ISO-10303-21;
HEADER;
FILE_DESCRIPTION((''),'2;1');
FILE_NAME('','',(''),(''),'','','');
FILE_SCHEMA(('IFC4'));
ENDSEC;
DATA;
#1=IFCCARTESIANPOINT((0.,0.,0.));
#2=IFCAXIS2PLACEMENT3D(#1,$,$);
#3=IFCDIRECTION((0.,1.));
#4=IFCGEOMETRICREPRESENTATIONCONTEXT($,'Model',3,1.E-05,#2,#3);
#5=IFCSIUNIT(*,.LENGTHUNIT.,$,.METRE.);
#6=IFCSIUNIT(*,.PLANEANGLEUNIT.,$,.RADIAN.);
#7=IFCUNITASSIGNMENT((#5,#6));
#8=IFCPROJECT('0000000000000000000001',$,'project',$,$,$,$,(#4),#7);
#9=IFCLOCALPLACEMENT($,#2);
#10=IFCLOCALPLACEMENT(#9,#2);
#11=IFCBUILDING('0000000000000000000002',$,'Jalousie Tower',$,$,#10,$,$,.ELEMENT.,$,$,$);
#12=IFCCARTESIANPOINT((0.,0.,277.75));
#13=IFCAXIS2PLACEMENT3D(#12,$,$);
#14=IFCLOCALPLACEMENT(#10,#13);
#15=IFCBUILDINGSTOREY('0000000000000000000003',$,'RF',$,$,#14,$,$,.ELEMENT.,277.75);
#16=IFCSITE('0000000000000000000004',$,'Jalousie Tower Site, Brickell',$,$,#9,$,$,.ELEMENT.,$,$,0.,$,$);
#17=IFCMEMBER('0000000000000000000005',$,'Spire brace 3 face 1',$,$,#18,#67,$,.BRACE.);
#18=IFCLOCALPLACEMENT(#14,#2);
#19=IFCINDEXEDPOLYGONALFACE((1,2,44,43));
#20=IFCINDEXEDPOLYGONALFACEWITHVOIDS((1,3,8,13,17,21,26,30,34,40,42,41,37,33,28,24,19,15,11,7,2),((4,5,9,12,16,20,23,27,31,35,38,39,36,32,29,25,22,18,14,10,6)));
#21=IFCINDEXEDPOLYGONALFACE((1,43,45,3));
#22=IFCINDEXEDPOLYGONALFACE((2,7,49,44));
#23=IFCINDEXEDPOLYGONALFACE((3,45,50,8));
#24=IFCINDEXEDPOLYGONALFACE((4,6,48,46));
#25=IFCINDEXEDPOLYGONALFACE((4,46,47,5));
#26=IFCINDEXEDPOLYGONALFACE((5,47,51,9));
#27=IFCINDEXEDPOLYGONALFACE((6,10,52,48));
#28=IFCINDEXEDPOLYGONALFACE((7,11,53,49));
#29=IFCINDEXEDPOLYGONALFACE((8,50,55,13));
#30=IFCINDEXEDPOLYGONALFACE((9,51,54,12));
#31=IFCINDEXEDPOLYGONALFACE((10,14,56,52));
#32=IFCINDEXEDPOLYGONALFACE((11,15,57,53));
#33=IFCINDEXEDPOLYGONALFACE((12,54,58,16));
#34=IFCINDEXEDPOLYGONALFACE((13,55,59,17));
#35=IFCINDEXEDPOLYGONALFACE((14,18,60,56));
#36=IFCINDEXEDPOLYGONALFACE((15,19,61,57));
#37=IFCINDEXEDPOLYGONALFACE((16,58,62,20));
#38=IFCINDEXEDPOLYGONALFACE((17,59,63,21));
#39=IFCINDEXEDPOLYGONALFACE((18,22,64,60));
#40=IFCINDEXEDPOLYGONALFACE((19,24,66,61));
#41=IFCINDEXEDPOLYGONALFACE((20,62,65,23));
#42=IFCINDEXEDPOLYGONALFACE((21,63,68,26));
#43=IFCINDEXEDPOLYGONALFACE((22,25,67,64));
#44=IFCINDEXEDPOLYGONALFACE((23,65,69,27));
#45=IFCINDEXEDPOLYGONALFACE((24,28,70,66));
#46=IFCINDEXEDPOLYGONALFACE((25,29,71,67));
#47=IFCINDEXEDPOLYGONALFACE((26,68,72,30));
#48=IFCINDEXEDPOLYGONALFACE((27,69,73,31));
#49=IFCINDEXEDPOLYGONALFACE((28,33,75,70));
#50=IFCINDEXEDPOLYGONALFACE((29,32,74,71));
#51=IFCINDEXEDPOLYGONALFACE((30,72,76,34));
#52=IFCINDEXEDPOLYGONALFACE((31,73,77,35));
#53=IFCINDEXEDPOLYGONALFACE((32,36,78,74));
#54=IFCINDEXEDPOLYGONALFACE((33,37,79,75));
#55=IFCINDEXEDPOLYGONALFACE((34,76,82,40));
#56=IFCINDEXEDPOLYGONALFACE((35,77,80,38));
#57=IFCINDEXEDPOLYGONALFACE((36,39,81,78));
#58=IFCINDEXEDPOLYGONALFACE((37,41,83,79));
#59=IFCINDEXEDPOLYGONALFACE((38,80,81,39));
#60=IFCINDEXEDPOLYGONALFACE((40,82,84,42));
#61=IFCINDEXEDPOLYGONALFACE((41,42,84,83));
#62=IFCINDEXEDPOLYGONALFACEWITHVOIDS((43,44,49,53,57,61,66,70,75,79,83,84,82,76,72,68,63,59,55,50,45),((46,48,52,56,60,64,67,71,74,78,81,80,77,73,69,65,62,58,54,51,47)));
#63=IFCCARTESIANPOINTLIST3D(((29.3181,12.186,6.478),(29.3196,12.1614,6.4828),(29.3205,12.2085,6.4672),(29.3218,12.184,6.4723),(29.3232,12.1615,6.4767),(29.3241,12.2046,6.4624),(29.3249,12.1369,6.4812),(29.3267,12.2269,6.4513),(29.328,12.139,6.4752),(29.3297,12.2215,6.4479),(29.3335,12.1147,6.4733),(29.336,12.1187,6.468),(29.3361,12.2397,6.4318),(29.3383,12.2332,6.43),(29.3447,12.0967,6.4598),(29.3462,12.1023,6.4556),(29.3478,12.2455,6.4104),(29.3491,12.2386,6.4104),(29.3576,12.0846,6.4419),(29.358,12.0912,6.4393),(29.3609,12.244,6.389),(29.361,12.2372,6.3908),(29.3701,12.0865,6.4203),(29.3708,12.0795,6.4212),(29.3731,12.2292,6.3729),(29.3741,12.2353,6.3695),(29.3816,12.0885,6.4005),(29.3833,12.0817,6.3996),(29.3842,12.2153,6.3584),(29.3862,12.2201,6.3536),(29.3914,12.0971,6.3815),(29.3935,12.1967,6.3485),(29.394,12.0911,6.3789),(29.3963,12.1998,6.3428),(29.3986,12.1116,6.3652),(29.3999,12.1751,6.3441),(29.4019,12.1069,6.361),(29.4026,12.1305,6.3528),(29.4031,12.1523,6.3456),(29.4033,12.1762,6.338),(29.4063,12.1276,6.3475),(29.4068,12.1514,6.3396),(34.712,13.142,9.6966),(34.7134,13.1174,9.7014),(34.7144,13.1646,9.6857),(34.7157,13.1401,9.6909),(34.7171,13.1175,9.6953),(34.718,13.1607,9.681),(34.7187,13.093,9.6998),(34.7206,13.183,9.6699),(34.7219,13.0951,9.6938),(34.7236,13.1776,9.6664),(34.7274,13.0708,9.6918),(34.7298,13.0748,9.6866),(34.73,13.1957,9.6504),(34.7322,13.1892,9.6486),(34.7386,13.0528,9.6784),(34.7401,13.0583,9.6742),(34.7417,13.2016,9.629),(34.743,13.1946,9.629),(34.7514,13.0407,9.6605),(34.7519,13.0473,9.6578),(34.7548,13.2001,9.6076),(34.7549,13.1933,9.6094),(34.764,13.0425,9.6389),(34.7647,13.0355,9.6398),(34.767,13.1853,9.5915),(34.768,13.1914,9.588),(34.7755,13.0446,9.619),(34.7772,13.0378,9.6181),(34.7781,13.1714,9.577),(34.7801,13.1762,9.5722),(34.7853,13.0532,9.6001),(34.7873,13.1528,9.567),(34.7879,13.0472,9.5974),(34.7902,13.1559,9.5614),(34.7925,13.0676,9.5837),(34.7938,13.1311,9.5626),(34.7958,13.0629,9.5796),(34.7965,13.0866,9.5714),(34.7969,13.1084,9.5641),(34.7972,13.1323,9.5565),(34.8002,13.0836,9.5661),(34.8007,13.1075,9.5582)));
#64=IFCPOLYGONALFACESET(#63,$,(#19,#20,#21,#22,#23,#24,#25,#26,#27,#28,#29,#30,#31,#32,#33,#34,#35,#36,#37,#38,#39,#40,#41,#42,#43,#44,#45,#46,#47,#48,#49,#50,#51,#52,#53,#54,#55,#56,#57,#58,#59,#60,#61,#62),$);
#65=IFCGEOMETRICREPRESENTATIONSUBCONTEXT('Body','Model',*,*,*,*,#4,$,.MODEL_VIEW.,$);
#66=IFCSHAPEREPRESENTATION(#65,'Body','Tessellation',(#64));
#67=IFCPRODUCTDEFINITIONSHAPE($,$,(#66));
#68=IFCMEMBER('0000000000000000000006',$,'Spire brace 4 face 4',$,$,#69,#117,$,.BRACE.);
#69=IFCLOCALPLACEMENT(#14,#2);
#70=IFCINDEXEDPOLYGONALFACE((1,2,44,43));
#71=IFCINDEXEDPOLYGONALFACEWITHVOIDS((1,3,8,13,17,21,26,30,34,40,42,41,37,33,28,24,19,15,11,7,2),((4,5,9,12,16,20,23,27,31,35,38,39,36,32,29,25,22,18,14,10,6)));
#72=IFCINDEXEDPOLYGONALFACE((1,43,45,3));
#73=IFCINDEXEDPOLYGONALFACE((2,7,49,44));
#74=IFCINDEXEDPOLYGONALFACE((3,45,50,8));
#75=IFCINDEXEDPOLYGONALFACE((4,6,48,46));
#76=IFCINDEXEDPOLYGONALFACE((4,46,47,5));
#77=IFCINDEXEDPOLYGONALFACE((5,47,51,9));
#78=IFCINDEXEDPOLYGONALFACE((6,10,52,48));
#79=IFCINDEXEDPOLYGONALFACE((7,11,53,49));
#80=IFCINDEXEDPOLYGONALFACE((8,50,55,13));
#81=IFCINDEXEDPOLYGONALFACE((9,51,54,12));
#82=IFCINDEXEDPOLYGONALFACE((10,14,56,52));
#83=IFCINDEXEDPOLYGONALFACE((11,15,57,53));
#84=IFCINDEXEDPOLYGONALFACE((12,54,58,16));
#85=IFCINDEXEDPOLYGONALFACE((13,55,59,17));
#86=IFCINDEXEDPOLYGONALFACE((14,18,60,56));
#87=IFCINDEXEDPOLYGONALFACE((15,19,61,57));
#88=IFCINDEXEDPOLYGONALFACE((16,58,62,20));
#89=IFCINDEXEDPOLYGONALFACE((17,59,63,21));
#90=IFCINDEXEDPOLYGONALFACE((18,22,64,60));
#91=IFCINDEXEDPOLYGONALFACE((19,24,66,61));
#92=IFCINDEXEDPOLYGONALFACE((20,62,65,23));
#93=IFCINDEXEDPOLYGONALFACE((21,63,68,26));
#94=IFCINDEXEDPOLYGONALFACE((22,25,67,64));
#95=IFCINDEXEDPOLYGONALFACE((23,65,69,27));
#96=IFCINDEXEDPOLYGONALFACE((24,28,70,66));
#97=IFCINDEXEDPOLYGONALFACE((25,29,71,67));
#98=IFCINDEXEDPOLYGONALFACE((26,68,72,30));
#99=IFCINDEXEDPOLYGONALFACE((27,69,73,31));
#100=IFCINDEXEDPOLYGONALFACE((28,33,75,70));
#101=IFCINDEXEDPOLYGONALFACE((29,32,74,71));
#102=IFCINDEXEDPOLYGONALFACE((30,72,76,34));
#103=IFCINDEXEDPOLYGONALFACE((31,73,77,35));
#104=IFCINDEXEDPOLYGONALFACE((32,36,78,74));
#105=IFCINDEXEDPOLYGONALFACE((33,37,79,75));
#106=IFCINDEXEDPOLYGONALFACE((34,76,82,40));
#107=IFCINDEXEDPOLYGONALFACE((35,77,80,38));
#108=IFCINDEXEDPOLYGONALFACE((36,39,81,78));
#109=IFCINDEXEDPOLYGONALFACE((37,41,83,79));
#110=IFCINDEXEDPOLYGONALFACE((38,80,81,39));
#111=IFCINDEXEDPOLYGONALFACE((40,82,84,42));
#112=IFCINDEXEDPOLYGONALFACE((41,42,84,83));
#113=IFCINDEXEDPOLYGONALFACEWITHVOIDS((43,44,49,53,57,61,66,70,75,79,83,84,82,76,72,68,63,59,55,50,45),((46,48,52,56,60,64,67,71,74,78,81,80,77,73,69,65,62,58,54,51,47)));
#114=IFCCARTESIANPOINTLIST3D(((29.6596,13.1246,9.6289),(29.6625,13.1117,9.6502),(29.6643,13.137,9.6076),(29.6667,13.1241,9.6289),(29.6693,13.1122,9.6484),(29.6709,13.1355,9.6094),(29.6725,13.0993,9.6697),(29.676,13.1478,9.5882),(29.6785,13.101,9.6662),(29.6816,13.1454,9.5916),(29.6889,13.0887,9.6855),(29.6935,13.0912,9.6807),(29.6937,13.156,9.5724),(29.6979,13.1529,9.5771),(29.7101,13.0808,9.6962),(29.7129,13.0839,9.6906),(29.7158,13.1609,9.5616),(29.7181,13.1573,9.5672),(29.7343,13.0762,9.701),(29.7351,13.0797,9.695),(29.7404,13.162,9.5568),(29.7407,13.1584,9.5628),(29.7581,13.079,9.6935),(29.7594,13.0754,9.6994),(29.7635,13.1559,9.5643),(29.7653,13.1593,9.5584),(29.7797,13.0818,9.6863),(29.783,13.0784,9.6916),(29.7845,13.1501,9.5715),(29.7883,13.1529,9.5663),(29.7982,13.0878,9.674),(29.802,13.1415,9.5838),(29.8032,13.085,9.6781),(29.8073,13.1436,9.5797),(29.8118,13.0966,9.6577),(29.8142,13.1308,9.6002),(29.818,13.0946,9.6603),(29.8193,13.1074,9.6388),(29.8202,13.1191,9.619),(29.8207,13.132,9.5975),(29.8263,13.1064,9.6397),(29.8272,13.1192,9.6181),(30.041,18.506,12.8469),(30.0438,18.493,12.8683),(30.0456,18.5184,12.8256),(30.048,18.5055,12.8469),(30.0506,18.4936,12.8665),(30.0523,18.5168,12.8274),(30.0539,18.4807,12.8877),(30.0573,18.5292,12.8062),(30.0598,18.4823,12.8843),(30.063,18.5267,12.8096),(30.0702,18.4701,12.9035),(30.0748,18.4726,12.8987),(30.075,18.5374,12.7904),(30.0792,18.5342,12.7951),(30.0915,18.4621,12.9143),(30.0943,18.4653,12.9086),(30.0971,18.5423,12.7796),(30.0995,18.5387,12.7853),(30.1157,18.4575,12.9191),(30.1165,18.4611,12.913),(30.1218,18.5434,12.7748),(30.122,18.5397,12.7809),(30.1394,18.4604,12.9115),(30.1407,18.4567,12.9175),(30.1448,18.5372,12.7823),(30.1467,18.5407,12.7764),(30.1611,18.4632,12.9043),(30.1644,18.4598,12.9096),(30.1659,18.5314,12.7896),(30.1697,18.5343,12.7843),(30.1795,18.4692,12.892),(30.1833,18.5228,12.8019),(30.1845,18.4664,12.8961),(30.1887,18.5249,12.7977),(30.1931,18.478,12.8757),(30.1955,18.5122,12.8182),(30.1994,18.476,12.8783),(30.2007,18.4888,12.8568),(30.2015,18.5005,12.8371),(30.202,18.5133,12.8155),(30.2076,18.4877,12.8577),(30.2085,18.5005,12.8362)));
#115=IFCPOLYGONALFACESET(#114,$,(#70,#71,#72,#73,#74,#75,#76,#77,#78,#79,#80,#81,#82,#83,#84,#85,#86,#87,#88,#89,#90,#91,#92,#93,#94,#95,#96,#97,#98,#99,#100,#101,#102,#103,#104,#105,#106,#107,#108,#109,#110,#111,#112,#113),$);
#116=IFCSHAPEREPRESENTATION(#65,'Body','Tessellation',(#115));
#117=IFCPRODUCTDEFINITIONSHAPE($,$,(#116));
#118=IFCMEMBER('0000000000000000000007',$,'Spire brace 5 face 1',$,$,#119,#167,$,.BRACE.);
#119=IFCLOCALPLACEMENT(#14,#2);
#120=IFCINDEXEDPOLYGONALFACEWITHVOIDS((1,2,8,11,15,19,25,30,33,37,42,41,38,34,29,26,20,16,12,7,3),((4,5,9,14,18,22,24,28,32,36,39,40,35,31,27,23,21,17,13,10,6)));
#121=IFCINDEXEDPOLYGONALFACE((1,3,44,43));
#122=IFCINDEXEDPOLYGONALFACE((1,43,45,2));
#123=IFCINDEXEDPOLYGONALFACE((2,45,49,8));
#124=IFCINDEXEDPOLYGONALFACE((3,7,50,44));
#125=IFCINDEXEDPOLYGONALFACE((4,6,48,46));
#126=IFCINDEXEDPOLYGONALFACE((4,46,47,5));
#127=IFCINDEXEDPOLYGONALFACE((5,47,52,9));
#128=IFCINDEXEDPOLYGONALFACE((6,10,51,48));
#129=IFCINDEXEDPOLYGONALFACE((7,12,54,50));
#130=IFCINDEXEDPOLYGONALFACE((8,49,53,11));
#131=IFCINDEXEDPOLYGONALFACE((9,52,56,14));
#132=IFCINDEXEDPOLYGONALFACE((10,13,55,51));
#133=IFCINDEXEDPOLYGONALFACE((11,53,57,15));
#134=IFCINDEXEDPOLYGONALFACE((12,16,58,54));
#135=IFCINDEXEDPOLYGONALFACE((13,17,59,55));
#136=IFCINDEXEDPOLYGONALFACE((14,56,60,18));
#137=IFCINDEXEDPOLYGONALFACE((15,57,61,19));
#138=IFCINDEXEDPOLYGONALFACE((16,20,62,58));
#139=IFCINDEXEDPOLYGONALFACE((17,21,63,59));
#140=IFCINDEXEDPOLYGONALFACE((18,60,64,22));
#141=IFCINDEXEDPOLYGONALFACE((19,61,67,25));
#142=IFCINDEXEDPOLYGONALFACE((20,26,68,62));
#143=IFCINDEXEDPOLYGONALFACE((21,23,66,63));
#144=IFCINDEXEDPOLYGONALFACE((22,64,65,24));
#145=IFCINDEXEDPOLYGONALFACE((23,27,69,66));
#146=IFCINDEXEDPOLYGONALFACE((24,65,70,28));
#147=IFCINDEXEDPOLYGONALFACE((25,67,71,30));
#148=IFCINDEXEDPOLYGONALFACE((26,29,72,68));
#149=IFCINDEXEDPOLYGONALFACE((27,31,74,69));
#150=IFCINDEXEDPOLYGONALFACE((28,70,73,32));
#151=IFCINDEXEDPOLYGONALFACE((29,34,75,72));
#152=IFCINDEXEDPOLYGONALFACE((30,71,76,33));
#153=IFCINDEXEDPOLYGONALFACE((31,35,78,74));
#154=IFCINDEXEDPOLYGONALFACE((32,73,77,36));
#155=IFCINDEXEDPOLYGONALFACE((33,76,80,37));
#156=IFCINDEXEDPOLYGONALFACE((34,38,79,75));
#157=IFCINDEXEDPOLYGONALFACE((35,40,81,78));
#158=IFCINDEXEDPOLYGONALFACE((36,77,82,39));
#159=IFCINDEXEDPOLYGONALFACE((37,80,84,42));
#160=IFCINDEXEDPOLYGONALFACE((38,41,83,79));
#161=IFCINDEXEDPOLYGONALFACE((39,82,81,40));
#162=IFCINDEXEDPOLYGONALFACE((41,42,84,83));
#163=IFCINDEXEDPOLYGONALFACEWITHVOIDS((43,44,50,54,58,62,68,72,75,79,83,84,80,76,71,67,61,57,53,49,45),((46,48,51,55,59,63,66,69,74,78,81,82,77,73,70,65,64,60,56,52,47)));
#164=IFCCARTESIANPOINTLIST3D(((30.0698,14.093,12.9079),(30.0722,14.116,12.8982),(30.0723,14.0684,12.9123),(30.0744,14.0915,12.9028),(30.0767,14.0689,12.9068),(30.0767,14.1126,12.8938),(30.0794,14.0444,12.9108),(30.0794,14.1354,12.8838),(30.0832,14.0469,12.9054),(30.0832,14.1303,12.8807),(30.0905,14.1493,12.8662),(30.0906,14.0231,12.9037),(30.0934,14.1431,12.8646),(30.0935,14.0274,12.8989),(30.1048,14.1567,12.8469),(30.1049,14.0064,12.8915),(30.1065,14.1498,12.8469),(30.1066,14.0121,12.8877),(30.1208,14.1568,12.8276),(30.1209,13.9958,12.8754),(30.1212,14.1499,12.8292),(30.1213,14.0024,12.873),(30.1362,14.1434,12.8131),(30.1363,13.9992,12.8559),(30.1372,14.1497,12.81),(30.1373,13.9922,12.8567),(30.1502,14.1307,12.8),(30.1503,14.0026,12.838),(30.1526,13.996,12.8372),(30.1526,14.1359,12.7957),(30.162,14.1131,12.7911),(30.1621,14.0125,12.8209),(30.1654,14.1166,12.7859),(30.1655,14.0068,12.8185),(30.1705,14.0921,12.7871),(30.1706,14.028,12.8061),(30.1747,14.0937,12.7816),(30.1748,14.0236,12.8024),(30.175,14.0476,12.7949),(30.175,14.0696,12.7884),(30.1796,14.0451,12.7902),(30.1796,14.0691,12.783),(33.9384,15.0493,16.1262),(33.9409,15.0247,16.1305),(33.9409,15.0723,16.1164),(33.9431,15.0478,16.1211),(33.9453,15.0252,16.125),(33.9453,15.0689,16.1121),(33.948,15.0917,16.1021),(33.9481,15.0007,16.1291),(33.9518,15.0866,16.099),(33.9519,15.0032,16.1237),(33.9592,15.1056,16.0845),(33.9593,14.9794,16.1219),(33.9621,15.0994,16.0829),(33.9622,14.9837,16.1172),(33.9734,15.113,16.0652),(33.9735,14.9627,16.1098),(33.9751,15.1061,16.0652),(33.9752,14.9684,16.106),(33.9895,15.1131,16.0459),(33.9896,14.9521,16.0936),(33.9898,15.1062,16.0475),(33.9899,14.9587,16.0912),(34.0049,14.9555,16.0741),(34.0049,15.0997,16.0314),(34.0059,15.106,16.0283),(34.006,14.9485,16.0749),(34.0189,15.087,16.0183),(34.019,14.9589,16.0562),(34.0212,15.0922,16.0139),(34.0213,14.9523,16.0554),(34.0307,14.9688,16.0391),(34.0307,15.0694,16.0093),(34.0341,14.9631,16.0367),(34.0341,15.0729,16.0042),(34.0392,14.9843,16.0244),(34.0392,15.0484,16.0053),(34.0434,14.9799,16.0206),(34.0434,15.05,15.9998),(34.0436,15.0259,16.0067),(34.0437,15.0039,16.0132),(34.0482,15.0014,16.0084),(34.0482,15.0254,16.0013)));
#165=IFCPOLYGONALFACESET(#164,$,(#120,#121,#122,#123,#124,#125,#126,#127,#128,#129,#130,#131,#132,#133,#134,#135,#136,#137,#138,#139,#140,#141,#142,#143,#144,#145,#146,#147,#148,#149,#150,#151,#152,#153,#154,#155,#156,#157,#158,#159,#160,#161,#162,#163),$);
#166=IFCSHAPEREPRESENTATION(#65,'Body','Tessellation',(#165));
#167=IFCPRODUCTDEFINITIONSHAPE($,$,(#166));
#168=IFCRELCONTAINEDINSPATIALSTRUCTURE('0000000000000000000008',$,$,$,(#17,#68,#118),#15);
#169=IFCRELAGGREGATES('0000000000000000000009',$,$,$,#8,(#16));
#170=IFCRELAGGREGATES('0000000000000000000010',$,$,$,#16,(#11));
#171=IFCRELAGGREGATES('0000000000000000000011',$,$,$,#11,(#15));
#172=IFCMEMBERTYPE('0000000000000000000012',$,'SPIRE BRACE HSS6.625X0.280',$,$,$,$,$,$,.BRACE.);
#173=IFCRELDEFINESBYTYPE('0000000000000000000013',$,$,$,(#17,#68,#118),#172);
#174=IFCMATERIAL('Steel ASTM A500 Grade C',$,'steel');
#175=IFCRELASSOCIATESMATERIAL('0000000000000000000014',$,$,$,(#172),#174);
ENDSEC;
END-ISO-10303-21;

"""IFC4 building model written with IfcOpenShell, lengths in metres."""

from ifc_helpers import new_model, si_unit, direction, frame, origin, origin_2d, place, context, subcontext, project, spatial, hollow_circle, extrude, material, material_profile, profile_set, type_object, element, save


model = new_model("IFC4")

# Units and contexts
model_context = context("Model", 3, precision=1e-05, world=origin(), true_north=direction((0.0, 1.0)))
body_context = subcontext(model_context, "Body", "Model", "MODEL_VIEW")
ifc_project = project(units=[si_unit("LENGTHUNIT", "METRE"), si_unit("PLANEANGLEUNIT", "RADIAN")], contexts=[model_context])

# Site, building, storey
site_placement = place(None, origin())
site = spatial("IfcSite", under=ifc_project, at=site_placement, Name="Jalousie Tower Site, Brickell", CompositionType="ELEMENT", RefElevation=0.0)
building_placement = place(site_placement, origin())
building = spatial("IfcBuilding", under=site, at=building_placement, Name="Jalousie Tower", CompositionType="ELEMENT")
storey_placement = place(building_placement, frame((0.0, 0.0, 277.75)))
storey = spatial("IfcBuildingStorey", under=building, at=storey_placement, Name="RF", CompositionType="ELEMENT", Elevation=277.75)

# Members
ifc_material_1 = material(Name="Steel ASTM A500 Grade C", Category="steel")
ifc_material_profile_1 = material_profile(ifc_material_1, hollow_circle(Radius=0.0842, WallThickness=0.0071, at=origin_2d()), Name="HSS6.625X0.280")
ifc_profile_set_1 = profile_set([ifc_material_profile_1], Name="Steel ASTM A500 Grade C")
member_type_1 = type_object("IfcMemberType", Name="SPIRE BRACE HSS6.625X0.280", PredefinedType="BRACE", material=ifc_profile_set_1)
member_1_placement = place(storey_placement, frame((29.3625, 12.1626, 6.4104), z_axis=(0.848961, 0.150479, 0.506579), x_axis=(-0.17453, 0.984652, 0.0)))
element("IfcMember", 1, at=member_1_placement, inside=storey, type_object=member_type_1, Name="Spire brace 3 face 1", PredefinedType="BRACE", context=body_context, shape_type="SweptSolid", body=[
    extrude(hollow_circle(Radius=0.0842, WallThickness=0.0071, at=origin_2d()), origin(), (0.0, 0.0, 1.0), 6.3535),
])
member_2_placement = place(storey_placement, frame((29.7437, 13.1187, 9.6289), z_axis=(0.060708, 0.856668, 0.512283), x_axis=(-0.997499, 0.070687, 0.0)))
element("IfcMember", 2, at=member_2_placement, inside=storey, type_object=member_type_1, Name="Spire brace 4 face 4", PredefinedType="BRACE", context=body_context, shape_type="SweptSolid", body=[
    extrude(hollow_circle(Radius=0.0842, WallThickness=0.0071, at=origin_2d()), origin(), (0.0, 0.0, 1.0), 6.2817),
])
member_3_placement = place(storey_placement, frame((30.125, 14.075, 12.8469), z_axis=(0.755254, 0.186692, 0.628282), x_axis=(-0.239969, 0.970781, 0.0)))
element("IfcMember", 3, at=member_3_placement, inside=storey, type_object=member_type_1, Name="Spire brace 5 face 1", PredefinedType="BRACE", context=body_context, shape_type="SweptSolid", body=[
    extrude(hollow_circle(Radius=0.0842, WallThickness=0.0071, at=origin_2d()), origin(), (0.0, 0.0, 1.0), 5.1223),
])

save(model, "model.ifc")
